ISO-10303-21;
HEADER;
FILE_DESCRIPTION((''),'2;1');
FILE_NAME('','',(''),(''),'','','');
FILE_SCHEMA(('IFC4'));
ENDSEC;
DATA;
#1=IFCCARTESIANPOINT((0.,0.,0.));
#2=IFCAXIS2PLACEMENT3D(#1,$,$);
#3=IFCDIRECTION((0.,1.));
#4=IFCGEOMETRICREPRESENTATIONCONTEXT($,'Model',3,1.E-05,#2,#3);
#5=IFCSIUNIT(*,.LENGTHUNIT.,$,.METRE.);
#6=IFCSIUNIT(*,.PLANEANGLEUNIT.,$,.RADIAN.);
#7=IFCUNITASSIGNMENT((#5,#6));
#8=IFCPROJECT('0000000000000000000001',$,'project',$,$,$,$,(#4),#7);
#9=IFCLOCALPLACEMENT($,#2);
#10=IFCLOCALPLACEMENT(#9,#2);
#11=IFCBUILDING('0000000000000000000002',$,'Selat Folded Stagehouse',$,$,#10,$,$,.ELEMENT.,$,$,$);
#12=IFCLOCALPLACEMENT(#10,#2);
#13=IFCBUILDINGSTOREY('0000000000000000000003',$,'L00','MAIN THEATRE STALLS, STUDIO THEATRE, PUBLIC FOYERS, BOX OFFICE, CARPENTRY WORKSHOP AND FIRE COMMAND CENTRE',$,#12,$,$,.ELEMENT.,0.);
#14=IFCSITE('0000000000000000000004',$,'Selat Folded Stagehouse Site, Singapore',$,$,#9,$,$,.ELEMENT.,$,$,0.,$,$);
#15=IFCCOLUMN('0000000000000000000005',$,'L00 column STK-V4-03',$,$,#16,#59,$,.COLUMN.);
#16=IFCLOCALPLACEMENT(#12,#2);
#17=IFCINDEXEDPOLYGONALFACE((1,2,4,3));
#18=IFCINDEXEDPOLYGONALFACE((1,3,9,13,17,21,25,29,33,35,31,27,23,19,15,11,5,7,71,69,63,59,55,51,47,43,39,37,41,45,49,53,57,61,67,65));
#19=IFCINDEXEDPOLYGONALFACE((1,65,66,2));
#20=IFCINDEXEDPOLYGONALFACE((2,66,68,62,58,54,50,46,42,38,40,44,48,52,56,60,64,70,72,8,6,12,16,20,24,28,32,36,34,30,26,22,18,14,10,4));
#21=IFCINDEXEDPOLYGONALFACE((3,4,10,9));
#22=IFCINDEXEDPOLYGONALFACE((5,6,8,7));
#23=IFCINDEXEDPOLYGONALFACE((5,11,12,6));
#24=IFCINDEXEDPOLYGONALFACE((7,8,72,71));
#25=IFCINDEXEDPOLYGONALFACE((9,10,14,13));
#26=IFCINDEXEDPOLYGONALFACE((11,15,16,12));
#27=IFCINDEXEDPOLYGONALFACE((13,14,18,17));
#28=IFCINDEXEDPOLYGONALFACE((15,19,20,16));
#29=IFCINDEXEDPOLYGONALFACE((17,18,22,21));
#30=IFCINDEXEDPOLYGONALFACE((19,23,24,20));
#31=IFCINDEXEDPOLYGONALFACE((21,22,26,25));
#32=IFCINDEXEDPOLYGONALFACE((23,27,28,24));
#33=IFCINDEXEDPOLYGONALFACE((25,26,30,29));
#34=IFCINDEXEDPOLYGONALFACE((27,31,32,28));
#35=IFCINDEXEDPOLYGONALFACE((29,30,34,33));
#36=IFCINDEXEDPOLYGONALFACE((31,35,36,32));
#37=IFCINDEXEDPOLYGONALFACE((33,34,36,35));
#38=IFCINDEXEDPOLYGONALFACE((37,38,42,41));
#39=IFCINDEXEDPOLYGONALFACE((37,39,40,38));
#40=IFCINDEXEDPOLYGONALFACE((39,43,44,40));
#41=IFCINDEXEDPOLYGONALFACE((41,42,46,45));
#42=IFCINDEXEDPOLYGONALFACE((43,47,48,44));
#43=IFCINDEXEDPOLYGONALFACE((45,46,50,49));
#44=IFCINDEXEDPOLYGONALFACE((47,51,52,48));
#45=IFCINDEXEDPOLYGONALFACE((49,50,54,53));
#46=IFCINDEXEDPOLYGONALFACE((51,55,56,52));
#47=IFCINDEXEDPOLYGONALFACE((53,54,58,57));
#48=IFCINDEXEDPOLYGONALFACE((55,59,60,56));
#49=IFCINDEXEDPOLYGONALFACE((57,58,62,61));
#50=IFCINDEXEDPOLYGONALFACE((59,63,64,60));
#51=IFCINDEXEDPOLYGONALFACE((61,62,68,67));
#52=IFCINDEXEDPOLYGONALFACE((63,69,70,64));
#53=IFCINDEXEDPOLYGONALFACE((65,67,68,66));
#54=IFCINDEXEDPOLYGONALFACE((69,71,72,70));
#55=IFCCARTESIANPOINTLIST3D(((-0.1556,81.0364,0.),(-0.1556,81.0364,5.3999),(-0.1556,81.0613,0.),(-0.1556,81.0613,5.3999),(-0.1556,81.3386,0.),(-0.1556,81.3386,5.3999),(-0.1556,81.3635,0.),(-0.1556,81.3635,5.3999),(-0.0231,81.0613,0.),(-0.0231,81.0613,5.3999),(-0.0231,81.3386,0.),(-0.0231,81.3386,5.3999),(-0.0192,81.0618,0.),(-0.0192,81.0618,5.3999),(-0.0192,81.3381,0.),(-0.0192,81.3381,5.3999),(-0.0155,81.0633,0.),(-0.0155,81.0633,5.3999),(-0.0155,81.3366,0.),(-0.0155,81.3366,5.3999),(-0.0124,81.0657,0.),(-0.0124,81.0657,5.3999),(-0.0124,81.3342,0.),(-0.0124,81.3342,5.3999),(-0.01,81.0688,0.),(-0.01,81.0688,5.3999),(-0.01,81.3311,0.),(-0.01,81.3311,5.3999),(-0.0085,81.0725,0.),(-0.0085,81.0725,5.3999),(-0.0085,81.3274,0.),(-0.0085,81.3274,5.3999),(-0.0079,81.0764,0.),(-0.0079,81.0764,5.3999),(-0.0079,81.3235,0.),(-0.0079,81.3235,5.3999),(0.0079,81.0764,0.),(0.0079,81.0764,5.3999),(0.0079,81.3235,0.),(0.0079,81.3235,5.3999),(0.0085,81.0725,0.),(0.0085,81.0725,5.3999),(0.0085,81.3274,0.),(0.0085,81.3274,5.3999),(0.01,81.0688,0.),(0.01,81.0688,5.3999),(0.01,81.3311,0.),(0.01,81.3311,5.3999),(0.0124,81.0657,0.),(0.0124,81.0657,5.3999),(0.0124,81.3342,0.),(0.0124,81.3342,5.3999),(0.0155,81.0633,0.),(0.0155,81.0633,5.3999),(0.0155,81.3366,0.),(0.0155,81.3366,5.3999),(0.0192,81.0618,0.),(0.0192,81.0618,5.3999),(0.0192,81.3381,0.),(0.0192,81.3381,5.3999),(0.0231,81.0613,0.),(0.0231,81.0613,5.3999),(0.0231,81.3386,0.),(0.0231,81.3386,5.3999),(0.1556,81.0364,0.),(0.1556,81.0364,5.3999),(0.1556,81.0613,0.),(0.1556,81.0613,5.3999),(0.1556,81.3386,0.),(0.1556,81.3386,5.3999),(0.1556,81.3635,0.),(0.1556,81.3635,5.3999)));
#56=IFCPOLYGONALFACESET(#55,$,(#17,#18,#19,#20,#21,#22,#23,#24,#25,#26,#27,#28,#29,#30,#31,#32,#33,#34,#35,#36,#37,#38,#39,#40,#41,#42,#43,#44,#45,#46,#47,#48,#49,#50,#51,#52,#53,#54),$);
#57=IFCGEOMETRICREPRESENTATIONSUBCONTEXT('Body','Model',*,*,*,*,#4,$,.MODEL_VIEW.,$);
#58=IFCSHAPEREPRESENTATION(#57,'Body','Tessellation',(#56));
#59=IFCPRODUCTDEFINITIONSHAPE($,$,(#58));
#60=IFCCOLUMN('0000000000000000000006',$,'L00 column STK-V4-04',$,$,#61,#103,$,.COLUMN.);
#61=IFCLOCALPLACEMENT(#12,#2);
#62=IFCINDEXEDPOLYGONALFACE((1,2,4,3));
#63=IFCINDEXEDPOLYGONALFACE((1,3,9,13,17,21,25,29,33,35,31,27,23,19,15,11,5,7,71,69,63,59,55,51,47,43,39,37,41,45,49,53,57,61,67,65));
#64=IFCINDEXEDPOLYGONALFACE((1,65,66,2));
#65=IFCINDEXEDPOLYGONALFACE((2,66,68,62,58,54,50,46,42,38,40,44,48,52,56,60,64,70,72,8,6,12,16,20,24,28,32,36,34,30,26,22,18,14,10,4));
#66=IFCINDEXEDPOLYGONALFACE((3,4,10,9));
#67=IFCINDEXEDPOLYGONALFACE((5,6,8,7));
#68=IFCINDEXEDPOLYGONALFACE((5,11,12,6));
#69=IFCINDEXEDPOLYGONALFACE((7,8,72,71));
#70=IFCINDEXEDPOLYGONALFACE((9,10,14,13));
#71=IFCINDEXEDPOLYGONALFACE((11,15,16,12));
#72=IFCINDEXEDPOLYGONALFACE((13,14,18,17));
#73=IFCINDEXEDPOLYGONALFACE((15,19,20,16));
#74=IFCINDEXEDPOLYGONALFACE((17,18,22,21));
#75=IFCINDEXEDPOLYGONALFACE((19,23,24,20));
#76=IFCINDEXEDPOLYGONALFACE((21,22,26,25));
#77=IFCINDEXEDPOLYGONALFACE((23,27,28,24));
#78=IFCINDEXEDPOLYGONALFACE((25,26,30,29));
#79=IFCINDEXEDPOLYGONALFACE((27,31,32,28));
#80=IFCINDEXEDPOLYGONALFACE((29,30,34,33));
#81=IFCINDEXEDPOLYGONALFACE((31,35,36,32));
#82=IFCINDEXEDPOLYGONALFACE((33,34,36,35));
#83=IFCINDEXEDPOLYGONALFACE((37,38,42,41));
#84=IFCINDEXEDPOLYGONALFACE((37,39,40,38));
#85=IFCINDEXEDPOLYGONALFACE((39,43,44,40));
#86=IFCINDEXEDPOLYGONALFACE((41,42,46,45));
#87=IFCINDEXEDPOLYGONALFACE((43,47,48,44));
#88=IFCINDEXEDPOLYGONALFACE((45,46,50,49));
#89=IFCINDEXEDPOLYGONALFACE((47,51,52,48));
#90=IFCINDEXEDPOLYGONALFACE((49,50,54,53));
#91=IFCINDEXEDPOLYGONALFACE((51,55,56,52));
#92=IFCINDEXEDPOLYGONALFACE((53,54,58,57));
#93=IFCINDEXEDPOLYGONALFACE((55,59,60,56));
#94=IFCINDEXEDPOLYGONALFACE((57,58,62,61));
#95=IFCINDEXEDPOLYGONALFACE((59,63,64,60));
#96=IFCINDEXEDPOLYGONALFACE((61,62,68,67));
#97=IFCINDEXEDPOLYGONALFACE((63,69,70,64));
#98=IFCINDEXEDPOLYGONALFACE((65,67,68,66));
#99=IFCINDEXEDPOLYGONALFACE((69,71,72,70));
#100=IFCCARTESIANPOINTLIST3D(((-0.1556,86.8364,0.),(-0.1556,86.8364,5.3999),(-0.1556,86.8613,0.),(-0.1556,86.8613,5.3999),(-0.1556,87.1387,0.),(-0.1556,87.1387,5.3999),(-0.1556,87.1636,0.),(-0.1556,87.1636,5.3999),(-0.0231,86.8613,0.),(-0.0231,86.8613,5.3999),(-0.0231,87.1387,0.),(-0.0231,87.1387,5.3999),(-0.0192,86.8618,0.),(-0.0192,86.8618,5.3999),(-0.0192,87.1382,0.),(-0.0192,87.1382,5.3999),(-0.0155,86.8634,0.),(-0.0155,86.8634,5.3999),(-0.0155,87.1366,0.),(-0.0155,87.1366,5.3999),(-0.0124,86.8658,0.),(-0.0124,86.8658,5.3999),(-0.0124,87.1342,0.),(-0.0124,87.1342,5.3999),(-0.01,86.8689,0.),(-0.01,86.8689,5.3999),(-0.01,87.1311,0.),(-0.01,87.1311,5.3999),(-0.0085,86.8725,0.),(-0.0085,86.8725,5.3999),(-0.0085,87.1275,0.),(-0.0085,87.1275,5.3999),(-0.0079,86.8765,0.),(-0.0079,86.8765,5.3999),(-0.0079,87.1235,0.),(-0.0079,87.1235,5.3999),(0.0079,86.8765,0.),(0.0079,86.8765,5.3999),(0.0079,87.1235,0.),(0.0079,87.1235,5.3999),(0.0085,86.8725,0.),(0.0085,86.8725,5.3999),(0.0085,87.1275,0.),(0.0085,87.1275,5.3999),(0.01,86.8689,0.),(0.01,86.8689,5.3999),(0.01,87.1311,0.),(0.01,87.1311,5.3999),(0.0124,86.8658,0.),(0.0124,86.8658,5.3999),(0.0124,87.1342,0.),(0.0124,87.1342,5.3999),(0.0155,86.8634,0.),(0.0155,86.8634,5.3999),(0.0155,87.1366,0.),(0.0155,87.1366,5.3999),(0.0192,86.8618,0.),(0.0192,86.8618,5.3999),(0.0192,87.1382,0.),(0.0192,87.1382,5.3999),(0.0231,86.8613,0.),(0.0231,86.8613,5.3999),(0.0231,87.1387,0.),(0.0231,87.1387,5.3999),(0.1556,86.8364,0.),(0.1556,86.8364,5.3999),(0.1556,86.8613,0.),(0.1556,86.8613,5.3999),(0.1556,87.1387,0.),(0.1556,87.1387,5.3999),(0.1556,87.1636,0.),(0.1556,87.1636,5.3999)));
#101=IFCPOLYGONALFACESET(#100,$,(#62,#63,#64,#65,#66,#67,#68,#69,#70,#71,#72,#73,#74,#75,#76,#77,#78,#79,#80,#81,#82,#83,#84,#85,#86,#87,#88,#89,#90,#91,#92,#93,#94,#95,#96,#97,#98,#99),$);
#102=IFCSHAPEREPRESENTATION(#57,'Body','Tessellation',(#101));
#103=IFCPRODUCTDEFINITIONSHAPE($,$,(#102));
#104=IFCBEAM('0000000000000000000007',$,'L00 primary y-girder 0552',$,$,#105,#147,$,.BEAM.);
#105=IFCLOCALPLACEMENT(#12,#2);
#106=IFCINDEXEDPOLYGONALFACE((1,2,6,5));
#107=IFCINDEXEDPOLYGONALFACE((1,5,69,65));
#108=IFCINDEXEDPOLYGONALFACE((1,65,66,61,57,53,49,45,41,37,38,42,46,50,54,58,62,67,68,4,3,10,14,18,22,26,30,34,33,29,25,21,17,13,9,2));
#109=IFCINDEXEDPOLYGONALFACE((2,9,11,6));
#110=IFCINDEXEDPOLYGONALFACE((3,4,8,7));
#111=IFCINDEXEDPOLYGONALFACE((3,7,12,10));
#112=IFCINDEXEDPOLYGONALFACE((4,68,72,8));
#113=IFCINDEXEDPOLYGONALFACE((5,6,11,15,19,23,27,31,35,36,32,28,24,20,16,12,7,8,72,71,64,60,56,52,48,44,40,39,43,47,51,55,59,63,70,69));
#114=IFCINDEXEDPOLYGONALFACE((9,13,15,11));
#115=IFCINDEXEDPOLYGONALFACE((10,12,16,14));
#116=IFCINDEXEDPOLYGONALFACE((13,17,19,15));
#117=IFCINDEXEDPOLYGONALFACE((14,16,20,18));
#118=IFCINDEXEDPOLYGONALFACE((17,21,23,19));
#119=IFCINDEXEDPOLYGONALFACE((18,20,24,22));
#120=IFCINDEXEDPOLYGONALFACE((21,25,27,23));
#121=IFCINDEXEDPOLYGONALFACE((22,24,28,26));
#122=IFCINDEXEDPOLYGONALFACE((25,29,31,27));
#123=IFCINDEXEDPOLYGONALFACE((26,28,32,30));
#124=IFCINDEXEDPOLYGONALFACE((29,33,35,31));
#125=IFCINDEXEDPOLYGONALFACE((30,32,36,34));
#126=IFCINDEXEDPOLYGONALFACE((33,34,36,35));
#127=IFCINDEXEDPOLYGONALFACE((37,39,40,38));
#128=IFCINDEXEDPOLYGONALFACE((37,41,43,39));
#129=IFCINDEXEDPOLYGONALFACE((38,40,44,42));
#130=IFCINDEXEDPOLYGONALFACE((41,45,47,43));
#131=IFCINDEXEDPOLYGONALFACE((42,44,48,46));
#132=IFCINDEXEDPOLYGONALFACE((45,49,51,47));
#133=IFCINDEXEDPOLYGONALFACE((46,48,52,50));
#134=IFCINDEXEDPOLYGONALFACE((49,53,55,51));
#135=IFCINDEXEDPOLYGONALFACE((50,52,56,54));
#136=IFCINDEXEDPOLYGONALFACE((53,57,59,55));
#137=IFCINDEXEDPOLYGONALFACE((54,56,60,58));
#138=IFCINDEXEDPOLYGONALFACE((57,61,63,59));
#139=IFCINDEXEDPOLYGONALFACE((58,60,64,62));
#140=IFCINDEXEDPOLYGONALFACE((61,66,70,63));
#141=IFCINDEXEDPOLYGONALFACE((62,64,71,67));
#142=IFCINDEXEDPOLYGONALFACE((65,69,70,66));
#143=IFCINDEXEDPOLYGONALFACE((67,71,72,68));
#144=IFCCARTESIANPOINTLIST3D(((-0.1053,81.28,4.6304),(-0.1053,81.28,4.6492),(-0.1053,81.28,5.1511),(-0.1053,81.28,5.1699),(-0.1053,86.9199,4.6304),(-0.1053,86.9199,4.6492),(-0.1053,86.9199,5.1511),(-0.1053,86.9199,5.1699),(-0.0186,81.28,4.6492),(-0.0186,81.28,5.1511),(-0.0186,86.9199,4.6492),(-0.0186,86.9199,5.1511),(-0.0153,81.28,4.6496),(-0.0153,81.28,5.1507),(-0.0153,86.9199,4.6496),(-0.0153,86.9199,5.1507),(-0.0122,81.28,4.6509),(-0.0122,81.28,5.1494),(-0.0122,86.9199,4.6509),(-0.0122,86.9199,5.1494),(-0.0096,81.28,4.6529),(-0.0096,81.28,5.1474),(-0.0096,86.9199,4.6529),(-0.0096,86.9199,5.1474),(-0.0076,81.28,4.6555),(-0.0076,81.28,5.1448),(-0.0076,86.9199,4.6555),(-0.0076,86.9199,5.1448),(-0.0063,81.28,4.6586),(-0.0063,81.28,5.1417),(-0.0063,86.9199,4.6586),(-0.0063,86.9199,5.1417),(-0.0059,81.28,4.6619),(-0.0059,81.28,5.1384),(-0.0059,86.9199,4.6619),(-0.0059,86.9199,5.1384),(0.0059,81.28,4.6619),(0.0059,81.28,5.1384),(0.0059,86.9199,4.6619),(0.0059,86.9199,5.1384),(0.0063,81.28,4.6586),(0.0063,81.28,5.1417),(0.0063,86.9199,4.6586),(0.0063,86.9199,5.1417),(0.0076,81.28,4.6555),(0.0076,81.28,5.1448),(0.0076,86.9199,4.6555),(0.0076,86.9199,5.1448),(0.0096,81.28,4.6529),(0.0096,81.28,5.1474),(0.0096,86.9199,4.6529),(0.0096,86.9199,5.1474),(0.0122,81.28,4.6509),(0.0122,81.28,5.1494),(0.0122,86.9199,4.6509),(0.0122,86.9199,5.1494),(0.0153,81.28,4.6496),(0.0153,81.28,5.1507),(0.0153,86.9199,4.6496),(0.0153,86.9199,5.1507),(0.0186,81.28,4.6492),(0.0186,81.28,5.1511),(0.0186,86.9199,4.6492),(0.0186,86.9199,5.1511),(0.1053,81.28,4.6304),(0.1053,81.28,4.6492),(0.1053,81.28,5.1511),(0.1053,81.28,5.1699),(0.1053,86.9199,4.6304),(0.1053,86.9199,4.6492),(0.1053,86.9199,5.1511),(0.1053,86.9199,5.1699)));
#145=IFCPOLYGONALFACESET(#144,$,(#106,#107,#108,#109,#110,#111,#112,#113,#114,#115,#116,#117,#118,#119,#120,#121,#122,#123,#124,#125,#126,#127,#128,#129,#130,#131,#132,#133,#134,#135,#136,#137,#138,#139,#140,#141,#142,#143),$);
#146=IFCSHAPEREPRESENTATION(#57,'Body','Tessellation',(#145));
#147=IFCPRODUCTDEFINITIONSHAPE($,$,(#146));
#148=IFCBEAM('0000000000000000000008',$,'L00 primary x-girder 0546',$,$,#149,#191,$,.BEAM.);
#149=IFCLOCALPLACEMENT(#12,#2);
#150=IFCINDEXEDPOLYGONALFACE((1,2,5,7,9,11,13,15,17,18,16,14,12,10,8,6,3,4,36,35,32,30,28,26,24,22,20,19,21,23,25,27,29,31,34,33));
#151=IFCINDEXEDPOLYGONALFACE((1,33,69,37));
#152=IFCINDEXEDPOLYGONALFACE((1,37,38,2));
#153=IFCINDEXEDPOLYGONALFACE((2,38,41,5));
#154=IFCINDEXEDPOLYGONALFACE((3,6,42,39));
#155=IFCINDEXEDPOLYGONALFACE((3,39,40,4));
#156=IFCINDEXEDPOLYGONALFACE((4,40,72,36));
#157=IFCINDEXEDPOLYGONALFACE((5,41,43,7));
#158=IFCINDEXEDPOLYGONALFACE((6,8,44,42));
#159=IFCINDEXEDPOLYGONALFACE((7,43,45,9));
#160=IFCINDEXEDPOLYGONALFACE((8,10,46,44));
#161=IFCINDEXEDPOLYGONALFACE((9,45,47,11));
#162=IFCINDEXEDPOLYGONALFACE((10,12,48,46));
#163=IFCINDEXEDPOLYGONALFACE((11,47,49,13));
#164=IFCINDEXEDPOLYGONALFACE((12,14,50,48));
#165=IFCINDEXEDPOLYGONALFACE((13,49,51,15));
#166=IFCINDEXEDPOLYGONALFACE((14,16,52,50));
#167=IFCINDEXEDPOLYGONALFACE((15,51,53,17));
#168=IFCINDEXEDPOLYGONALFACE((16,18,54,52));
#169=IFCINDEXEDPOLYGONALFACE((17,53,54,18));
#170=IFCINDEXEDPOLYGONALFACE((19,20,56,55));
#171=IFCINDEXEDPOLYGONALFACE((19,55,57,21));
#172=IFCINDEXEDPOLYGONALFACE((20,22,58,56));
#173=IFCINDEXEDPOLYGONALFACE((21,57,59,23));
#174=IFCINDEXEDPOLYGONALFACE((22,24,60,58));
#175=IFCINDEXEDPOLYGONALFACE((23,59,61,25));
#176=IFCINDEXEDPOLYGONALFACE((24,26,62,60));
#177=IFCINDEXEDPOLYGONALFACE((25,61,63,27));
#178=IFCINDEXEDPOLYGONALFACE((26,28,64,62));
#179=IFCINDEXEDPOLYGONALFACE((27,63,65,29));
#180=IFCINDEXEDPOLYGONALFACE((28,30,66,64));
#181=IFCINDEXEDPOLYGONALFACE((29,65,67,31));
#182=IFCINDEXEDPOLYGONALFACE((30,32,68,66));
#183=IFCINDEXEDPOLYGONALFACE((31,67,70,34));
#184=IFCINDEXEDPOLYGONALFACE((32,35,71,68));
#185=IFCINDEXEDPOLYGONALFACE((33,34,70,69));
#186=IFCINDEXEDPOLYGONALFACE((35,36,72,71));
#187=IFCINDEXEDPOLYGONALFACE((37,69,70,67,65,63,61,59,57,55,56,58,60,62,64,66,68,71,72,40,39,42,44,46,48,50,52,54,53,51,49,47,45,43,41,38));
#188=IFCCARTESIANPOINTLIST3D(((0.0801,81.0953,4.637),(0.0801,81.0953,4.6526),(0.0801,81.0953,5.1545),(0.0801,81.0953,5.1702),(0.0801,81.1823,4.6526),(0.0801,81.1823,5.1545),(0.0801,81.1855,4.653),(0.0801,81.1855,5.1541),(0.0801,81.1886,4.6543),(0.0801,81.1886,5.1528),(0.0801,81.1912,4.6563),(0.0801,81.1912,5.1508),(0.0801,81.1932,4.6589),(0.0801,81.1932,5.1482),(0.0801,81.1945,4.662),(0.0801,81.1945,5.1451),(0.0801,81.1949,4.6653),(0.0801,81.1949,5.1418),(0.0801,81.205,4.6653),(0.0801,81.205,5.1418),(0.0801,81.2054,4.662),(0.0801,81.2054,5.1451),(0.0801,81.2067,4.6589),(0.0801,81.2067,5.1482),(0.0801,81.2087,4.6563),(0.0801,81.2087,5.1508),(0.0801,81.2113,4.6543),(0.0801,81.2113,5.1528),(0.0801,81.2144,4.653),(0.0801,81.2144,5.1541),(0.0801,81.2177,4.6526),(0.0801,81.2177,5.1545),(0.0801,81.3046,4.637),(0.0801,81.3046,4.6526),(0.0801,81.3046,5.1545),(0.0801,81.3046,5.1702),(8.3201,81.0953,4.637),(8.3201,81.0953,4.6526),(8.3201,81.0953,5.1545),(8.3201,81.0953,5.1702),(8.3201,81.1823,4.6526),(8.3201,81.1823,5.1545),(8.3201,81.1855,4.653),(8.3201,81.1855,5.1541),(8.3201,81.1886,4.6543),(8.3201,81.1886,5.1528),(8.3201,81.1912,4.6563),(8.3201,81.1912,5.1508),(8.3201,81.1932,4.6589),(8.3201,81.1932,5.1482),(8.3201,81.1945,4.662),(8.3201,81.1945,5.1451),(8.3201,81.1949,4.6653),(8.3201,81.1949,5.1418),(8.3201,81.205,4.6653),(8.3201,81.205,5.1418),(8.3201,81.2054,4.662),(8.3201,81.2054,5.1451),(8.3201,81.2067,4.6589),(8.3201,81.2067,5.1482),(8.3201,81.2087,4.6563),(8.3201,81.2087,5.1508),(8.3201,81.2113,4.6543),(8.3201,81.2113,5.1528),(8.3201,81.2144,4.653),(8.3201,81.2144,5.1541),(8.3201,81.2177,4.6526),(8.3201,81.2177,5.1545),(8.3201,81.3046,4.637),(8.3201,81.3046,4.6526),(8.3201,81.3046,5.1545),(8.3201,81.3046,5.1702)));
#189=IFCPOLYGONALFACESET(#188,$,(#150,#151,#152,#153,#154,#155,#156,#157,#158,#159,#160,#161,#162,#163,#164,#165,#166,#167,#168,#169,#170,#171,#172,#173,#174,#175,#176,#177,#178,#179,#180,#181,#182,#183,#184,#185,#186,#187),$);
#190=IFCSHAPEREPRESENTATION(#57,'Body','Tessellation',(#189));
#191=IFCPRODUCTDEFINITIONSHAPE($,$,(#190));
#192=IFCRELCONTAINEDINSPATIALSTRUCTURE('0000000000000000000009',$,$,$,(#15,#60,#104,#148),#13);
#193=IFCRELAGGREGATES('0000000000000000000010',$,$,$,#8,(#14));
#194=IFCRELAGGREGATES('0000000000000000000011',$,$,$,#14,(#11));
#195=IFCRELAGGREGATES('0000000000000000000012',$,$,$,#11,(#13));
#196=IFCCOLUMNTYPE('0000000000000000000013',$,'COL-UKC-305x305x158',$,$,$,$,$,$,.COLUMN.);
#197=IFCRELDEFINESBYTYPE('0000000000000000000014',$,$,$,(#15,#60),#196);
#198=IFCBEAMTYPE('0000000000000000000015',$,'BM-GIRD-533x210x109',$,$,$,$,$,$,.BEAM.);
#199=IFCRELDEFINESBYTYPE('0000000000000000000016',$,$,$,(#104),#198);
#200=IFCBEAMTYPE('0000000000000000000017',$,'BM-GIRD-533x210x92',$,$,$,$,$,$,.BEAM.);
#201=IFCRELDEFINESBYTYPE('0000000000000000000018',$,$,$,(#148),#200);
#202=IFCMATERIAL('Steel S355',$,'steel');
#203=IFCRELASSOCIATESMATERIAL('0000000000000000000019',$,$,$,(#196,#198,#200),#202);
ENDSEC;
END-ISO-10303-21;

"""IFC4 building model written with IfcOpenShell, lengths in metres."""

from ifc_helpers import new_model, si_unit, direction, frame, origin, origin_2d, place, context, subcontext, project, spatial, i_section, extrude, material, material_profile, profile_set, type_object, element, save


model = new_model("IFC4")

# Units and contexts
model_context = context("Model", 3, precision=1e-05, world=origin(), true_north=direction((0.0, 1.0)))
body_context = subcontext(model_context, "Body", "Model", "MODEL_VIEW")
ifc_project = project(units=[si_unit("LENGTHUNIT", "METRE"), si_unit("PLANEANGLEUNIT", "RADIAN")], contexts=[model_context])

# Site, building, storey
site_placement = place(None, origin())
site = spatial("IfcSite", under=ifc_project, at=site_placement, Name="Selat Folded Stagehouse Site, Singapore", CompositionType="ELEMENT", RefElevation=0.0)
building_placement = place(site_placement, origin())
building = spatial("IfcBuilding", under=site, at=building_placement, Name="Selat Folded Stagehouse", CompositionType="ELEMENT")
storey_placement = place(building_placement, origin())
storey = spatial("IfcBuildingStorey", under=building, at=storey_placement, Name="L00", Description="MAIN THEATRE STALLS, STUDIO THEATRE, PUBLIC FOYERS, BOX OFFICE, CARPENTRY WORKSHOP AND FIRE COMMAND CENTRE", CompositionType="ELEMENT", Elevation=0.0)

# Columns
ifc_material_1 = material(Name="Steel S355", Category="steel")
ifc_material_profile_1 = material_profile(ifc_material_1, i_section(OverallWidth=0.3113, OverallDepth=0.3271, WebThickness=0.0159, FlangeThickness=0.0249, FilletRadius=0.0151, at=origin_2d()), Name="UKC 305x305x158")
ifc_profile_set_1 = profile_set([ifc_material_profile_1], Name="Steel S355")
column_type = type_object("IfcColumnType", Name="COL-UKC-305x305x158", PredefinedType="COLUMN", material=ifc_profile_set_1)
for number, where, z_axis, x_axis, name in (
    (1, (0.0, 81.2, 0.0), (0.0, 0.0, 1.0), (1.0, 0.0, 0.0), "L00 column STK-V4-03"),
    (2, (0.0, 87.0, 0.0), (0.0, 0.0, 1.0), (1.0, 0.0, 0.0), "L00 column STK-V4-04"),
):
    element("IfcColumn", number, at=place(storey_placement, frame(where, z_axis=z_axis, x_axis=x_axis)), inside=storey, type_object=column_type, Name=name, PredefinedType="COLUMN", context=body_context, shape_type="SweptSolid", body=[
        extrude(i_section(OverallWidth=0.3113, OverallDepth=0.3271, WebThickness=0.0159, FlangeThickness=0.0249, FilletRadius=0.0151, at=origin_2d()), origin(), (0.0, 0.0, 1.0), 5.3999),
    ])

# Beams
ifc_material_profile_2 = material_profile(ifc_material_1, i_section(OverallWidth=0.2107, OverallDepth=0.5396, WebThickness=0.0117, FlangeThickness=0.0188, FilletRadius=0.0127, at=origin_2d()), Name="UKB 533x210x109")
ifc_profile_set_2 = profile_set([ifc_material_profile_2], Name="Steel S355")
beam_type_1 = type_object("IfcBeamType", Name="BM-GIRD-533x210x109", PredefinedType="BEAM", material=ifc_profile_set_2)
beam_placement = place(storey_placement, frame((0.0, 81.28, 4.9001), z_axis=(0.0, 1.0, 0.0), x_axis=(-1.0, 0.0, 0.0)))
element("IfcBeam", 3, at=beam_placement, inside=storey, type_object=beam_type_1, Name="L00 primary y-girder 0552", PredefinedType="BEAM", context=body_context, shape_type="SweptSolid", body=[
    extrude(i_section(OverallWidth=0.2107, OverallDepth=0.5396, WebThickness=0.0117, FlangeThickness=0.0188, FilletRadius=0.0127, at=origin_2d()), origin(), (0.0, 0.0, 1.0), 5.6399),
])
ifc_material_profile_3 = material_profile(ifc_material_1, i_section(OverallWidth=0.2092, OverallDepth=0.5332, WebThickness=0.01, FlangeThickness=0.0156, FilletRadius=0.0127, at=origin_2d()), Name="UKB 533x210x92")
ifc_profile_set_3 = profile_set([ifc_material_profile_3], Name="Steel S355")
beam_type_2 = type_object("IfcBeamType", Name="BM-GIRD-533x210x92", PredefinedType="BEAM", material=ifc_profile_set_3)
for number, where, z_axis, x_axis, name in (
    (4, (0.0801, 81.2, 4.9036), (1.0, 0.0, 0.0), (0.0, 1.0, 0.0), "L00 primary x-girder 0546"),
):
    element("IfcBeam", number, at=place(storey_placement, frame(where, z_axis=z_axis, x_axis=x_axis)), inside=storey, type_object=beam_type_2, Name=name, PredefinedType="BEAM", context=body_context, shape_type="SweptSolid", body=[
        extrude(i_section(OverallWidth=0.2092, OverallDepth=0.5332, WebThickness=0.01, FlangeThickness=0.0156, FilletRadius=0.0127, at=origin_2d()), origin(), (0.0, 0.0, 1.0), 8.24),
    ])

save(model, "model.ifc")
